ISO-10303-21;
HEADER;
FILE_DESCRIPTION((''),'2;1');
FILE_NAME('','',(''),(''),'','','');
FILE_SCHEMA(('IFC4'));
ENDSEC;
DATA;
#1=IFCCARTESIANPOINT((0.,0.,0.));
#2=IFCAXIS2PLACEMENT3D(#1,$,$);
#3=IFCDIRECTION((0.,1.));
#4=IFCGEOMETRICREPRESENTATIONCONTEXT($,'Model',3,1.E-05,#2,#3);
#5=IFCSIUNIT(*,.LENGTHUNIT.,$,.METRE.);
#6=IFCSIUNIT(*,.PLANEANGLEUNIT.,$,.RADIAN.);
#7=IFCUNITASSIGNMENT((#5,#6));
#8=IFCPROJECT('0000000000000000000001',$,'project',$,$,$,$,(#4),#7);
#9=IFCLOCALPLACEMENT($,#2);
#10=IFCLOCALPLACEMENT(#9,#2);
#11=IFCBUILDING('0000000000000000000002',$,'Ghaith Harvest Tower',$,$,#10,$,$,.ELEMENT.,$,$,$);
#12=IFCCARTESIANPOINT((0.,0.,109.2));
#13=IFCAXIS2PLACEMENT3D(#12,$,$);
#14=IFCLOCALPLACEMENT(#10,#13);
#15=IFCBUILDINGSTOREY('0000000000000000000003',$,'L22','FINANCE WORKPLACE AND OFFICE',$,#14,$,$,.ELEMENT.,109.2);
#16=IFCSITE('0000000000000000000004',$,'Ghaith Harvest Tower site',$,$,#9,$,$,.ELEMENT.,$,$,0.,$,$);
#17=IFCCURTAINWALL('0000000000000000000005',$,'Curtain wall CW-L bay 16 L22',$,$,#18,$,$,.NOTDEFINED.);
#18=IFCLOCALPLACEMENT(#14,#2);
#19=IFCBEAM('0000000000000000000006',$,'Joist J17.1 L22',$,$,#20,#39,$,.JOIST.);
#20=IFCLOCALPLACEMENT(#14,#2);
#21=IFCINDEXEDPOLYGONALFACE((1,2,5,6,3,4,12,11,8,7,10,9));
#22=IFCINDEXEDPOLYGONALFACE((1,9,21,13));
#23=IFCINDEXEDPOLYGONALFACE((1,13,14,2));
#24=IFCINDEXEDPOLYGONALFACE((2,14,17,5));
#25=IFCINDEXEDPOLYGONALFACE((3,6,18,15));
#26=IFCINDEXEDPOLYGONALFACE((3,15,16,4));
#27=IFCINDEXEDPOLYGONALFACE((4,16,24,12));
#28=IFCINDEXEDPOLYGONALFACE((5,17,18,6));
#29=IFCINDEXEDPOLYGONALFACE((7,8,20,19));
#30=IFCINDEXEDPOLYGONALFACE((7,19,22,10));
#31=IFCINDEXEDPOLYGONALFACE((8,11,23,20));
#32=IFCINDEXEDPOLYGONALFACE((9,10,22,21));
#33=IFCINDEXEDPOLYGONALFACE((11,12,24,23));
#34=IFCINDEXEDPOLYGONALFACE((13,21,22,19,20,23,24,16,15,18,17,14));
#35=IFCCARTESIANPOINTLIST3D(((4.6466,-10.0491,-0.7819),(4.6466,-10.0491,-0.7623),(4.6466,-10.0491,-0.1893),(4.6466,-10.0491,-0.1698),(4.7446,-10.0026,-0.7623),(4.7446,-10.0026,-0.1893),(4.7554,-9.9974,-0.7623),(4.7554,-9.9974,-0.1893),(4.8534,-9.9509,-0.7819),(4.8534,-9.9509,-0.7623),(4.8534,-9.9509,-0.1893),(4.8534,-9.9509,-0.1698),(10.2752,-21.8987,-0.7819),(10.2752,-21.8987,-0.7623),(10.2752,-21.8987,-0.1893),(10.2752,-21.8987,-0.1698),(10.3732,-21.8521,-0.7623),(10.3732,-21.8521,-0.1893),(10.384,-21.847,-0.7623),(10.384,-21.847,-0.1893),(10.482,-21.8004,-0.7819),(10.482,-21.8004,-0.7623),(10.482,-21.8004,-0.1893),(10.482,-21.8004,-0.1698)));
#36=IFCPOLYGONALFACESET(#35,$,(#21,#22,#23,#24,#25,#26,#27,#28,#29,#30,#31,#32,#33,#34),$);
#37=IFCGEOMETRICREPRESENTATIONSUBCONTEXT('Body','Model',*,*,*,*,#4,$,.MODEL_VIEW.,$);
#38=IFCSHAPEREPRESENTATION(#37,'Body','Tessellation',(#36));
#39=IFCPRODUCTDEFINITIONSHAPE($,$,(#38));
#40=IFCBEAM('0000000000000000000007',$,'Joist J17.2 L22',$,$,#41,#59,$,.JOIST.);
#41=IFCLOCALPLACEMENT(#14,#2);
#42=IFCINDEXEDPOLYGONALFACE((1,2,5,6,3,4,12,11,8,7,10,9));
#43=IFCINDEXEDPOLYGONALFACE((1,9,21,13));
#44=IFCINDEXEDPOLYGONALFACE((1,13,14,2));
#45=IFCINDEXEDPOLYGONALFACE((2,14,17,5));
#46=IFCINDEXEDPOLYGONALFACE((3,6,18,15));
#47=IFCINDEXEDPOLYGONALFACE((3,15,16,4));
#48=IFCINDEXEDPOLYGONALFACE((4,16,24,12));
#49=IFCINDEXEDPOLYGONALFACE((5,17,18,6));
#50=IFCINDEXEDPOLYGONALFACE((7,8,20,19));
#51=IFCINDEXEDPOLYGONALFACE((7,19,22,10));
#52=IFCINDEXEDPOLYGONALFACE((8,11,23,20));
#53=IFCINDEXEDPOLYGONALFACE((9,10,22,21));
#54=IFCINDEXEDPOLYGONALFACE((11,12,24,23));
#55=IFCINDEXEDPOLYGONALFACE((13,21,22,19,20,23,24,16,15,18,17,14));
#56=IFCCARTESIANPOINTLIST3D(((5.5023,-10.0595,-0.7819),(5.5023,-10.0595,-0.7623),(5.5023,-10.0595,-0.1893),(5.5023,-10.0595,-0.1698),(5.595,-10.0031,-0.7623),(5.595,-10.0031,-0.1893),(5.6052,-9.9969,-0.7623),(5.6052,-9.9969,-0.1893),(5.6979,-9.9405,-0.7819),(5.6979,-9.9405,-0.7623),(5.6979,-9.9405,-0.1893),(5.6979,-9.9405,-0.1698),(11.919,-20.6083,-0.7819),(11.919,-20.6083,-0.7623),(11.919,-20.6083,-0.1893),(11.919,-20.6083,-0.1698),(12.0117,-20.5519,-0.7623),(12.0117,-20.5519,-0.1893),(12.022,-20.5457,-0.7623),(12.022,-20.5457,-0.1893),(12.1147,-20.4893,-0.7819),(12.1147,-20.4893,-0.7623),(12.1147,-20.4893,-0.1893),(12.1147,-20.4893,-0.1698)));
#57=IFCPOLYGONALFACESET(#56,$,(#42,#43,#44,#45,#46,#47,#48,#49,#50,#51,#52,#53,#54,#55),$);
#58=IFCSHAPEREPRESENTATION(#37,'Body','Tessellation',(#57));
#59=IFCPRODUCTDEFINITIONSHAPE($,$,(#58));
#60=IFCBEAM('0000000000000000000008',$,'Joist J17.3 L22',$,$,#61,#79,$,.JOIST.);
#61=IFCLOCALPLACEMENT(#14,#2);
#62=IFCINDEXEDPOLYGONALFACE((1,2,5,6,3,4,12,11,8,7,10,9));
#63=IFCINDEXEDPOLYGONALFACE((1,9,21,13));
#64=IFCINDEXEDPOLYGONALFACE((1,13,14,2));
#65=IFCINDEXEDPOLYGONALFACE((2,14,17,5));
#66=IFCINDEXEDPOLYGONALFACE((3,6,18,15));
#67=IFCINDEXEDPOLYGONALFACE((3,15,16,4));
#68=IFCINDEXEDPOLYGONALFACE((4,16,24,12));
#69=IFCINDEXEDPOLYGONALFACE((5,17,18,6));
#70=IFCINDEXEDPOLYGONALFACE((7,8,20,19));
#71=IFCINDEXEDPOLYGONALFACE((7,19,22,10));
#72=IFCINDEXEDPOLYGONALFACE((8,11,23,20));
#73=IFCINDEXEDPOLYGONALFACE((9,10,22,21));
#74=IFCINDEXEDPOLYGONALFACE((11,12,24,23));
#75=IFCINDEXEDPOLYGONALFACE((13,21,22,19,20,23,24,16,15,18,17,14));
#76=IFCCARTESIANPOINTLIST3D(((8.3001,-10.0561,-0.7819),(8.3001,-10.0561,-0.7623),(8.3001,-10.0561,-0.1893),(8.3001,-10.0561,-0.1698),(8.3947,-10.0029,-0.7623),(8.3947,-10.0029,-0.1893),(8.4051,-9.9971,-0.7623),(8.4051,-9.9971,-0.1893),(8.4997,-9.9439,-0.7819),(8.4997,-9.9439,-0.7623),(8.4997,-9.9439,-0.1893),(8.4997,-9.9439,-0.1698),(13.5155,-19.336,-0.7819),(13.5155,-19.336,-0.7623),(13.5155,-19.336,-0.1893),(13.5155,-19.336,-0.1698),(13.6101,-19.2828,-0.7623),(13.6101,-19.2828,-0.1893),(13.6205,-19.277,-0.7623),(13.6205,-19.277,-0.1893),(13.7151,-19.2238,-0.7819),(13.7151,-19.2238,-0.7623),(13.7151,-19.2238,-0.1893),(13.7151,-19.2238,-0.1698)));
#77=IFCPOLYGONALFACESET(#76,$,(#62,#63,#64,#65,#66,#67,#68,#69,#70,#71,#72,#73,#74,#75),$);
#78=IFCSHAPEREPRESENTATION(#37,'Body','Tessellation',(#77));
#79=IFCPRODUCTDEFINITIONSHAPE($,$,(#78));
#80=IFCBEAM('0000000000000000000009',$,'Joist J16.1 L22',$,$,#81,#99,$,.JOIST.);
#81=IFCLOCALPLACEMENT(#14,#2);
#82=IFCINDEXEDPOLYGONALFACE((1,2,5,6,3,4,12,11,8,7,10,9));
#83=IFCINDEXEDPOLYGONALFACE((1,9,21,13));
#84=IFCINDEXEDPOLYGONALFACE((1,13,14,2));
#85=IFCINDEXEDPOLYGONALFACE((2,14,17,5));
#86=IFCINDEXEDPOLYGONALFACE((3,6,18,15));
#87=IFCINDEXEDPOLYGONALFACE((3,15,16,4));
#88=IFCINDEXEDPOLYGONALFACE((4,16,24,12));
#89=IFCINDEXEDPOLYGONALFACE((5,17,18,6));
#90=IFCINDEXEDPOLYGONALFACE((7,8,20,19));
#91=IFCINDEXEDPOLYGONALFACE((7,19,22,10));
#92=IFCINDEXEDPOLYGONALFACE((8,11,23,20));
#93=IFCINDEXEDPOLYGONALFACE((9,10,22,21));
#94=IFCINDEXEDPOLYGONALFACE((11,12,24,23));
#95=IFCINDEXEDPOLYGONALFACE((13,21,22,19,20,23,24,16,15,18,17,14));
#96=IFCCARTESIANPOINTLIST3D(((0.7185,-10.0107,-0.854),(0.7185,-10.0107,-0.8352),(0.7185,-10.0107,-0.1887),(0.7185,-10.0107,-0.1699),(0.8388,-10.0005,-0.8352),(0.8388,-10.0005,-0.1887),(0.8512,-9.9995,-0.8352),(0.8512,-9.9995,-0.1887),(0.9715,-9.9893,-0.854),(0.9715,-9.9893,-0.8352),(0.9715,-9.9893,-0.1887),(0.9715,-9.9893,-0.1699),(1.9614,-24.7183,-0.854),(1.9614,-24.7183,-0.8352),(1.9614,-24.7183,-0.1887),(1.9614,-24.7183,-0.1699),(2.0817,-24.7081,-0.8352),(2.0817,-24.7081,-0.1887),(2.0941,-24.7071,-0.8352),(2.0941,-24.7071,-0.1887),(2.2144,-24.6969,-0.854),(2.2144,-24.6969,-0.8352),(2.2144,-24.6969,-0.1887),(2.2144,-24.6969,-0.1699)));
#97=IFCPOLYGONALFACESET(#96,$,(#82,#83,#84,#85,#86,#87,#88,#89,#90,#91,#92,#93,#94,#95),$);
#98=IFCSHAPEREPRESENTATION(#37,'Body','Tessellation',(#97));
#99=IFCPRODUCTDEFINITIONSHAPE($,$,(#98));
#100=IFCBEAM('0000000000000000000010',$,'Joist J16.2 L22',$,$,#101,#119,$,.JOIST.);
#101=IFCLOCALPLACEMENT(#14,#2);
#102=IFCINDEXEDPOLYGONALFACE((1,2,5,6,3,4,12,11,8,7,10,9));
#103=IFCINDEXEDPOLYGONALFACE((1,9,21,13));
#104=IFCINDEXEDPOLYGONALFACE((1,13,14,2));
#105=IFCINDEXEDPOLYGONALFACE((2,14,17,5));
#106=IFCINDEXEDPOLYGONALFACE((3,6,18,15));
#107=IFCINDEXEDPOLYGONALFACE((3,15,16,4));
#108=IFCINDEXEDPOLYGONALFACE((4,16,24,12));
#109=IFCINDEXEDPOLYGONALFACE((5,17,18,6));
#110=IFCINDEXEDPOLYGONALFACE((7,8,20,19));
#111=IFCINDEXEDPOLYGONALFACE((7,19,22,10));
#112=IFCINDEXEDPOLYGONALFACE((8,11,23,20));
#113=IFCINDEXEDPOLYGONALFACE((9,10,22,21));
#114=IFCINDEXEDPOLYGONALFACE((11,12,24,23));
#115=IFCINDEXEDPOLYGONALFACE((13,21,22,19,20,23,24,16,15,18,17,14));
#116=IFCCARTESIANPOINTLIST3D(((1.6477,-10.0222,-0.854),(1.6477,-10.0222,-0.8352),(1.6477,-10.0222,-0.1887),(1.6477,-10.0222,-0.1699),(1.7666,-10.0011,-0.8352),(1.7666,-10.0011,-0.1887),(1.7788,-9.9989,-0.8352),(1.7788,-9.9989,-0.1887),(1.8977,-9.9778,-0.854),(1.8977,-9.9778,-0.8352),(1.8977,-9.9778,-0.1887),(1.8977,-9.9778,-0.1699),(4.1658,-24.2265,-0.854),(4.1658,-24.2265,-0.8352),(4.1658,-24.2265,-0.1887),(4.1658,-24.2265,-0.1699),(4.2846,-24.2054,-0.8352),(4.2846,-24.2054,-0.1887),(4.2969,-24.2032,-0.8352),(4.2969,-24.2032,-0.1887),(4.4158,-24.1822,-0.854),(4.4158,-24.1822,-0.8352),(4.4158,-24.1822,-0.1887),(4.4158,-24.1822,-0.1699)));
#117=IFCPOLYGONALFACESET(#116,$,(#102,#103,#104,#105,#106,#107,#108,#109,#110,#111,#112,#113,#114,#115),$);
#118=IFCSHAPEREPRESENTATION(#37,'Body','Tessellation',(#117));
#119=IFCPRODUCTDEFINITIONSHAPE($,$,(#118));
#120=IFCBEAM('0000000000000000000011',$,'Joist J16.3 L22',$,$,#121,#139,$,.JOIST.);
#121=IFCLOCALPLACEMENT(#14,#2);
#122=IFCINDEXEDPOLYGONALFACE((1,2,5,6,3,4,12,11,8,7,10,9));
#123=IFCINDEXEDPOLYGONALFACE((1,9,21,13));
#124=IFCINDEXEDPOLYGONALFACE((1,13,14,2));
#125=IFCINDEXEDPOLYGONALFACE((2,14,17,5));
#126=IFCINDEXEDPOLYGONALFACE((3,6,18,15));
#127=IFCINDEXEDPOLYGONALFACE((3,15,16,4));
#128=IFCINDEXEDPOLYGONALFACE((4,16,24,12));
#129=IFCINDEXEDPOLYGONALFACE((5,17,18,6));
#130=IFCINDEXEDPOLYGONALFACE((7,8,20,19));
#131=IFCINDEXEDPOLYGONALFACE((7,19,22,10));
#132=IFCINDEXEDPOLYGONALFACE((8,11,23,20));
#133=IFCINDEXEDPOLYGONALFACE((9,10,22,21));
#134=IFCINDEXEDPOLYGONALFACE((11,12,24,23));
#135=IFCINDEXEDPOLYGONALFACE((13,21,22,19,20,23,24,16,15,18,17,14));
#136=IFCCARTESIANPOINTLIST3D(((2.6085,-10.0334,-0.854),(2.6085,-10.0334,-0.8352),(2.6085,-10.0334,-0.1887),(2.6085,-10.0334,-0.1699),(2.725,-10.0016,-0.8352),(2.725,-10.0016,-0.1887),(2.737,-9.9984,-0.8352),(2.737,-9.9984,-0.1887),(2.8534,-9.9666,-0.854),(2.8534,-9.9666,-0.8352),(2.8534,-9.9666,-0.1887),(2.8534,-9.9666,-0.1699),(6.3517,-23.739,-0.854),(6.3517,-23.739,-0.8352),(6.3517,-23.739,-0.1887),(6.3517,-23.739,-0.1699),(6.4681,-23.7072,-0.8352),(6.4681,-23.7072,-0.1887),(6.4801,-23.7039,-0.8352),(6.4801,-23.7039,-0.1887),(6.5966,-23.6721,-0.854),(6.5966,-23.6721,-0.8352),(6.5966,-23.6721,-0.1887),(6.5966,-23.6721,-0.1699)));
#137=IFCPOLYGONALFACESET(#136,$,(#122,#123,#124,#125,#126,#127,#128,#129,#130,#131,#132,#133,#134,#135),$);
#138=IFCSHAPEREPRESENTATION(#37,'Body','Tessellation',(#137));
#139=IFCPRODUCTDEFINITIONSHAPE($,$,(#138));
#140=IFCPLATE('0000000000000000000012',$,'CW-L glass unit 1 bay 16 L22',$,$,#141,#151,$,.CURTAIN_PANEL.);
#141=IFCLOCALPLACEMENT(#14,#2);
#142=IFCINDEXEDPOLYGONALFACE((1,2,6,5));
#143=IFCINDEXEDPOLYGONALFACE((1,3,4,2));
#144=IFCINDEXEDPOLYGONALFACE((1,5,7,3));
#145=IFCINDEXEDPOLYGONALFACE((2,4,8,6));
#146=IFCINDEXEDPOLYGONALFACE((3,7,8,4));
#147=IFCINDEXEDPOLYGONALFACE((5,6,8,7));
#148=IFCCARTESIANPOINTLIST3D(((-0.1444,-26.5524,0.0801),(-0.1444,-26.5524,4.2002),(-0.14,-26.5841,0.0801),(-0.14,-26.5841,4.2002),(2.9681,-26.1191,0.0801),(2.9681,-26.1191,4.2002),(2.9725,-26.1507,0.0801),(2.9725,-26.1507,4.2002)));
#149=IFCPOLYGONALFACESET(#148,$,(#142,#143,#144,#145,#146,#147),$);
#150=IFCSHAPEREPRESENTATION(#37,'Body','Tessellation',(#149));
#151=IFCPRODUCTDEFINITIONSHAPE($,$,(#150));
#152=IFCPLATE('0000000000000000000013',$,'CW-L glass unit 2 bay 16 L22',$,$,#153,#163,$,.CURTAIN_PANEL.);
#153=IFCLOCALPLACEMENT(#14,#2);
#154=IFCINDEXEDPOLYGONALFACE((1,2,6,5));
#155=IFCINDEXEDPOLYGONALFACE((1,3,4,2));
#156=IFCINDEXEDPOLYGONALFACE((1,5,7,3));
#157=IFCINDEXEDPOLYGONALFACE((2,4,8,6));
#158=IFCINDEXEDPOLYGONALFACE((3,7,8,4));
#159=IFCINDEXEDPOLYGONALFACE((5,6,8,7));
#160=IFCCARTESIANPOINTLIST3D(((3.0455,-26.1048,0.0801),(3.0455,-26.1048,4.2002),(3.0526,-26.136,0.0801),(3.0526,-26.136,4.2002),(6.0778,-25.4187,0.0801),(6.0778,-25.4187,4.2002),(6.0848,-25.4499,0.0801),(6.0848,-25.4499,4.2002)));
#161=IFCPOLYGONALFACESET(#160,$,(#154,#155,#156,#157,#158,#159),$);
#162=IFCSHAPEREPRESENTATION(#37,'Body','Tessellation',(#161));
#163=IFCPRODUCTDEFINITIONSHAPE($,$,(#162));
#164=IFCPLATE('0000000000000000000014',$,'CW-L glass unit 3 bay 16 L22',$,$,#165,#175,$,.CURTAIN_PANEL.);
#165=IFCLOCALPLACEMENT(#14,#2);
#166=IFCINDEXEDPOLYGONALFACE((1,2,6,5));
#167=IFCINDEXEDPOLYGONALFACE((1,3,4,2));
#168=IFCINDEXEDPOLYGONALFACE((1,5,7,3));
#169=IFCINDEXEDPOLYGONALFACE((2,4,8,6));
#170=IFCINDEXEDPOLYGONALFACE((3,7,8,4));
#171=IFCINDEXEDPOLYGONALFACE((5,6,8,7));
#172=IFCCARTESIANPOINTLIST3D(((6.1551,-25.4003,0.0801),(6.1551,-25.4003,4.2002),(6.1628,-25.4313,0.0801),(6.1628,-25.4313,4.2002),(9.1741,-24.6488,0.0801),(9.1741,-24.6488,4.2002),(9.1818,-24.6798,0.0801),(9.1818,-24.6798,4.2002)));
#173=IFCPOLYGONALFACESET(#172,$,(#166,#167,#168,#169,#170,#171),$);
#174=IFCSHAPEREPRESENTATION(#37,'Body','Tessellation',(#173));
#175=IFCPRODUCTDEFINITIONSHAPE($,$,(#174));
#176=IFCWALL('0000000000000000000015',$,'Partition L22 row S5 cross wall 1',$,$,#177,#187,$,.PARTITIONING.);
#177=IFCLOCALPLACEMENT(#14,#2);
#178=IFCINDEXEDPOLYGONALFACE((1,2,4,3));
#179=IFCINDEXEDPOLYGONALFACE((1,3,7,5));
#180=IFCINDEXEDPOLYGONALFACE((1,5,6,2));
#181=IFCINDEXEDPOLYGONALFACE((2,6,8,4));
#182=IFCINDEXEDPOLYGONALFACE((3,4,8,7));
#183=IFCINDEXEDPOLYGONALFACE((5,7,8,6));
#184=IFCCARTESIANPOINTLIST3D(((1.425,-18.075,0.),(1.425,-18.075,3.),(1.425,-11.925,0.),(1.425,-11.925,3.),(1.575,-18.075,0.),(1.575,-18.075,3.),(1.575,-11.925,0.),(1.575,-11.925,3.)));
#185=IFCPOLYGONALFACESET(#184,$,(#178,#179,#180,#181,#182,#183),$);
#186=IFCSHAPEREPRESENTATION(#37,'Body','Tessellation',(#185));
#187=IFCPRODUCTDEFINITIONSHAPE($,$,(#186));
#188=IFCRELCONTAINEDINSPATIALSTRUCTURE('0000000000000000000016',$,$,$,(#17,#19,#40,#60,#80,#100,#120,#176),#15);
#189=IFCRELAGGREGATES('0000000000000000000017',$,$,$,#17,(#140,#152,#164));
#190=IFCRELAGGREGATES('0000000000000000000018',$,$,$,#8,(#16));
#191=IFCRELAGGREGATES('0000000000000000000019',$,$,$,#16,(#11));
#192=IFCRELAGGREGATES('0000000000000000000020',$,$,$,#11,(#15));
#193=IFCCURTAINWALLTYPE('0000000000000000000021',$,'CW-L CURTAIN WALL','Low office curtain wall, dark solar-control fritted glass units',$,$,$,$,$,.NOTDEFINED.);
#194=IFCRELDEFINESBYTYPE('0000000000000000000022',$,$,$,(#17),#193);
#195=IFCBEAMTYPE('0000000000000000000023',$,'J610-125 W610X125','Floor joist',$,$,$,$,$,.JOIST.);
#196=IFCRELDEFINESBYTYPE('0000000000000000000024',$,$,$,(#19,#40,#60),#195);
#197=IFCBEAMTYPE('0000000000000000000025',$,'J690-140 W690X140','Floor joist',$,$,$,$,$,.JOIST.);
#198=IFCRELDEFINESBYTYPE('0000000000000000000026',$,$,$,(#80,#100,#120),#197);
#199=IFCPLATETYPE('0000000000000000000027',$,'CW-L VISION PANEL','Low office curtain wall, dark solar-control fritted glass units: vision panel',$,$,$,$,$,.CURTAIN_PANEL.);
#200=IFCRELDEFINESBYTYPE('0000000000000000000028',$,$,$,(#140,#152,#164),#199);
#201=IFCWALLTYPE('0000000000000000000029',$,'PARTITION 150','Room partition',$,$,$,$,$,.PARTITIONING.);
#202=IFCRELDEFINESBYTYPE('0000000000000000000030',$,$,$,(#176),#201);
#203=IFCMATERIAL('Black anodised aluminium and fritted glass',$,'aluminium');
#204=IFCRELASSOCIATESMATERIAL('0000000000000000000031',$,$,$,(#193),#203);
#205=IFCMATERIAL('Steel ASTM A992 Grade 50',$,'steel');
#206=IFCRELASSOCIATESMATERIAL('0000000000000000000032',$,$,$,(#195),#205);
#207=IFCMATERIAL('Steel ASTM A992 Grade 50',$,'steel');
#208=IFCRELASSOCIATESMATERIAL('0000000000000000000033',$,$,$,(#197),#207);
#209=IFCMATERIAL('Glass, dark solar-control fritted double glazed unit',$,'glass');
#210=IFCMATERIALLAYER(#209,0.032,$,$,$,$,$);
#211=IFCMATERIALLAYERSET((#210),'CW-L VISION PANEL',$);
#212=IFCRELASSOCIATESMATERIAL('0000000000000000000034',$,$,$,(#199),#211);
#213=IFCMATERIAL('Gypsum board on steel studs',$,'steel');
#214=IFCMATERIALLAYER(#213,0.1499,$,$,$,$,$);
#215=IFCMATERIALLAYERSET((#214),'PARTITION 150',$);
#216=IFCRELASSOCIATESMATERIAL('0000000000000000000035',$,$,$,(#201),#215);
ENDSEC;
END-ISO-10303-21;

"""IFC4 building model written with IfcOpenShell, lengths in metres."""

from ifc_helpers import new_model, si_unit, direction, frame, frame_2d, origin, origin_2d, place, context, subcontext, project, spatial, rectangle, i_section, extrude, material, layer, layer_set, material_profile, profile_set, type_object, element, aggregate, save


model = new_model("IFC4")

# Units and contexts
model_context = context("Model", 3, precision=1e-05, world=origin(), true_north=direction((0.0, 1.0)))
body_context = subcontext(model_context, "Body", "Model", "MODEL_VIEW")
ifc_project = project(units=[si_unit("LENGTHUNIT", "METRE"), si_unit("PLANEANGLEUNIT", "RADIAN")], contexts=[model_context])

# Site, building, storey
site_placement = place(None, origin())
site = spatial("IfcSite", under=ifc_project, at=site_placement, Name="Ghaith Harvest Tower site", CompositionType="ELEMENT", RefElevation=0.0)
building_placement = place(site_placement, origin())
building = spatial("IfcBuilding", under=site, at=building_placement, Name="Ghaith Harvest Tower", CompositionType="ELEMENT")
storey_placement = place(building_placement, frame((0.0, 0.0, 109.2)))
storey = spatial("IfcBuildingStorey", under=building, at=storey_placement, Name="L22", Description="FINANCE WORKPLACE AND OFFICE", CompositionType="ELEMENT", Elevation=109.2)

# Curtain wall
ifc_material_1 = material(Name="Black anodised aluminium and fritted glass", Category="aluminium")
curtain_wall_type = type_object("IfcCurtainWallType", Name="CW-L CURTAIN WALL", Description="Low office curtain wall, dark solar-control fritted glass units", PredefinedType="NOTDEFINED", material=ifc_material_1)
curtain_wall_1_placement = place(storey_placement, origin())
curtain_wall_1 = element("IfcCurtainWall", 1, at=curtain_wall_1_placement, inside=storey, type_object=curtain_wall_type, Name="Curtain wall CW-L bay 16 L22", PredefinedType="NOTDEFINED")

# Beams
ifc_material_2 = material(Name="Steel ASTM A992 Grade 50", Category="steel")
ifc_material_profile_1 = material_profile(ifc_material_2, i_section(OverallWidth=0.229, OverallDepth=0.6121, WebThickness=0.012, FlangeThickness=0.0195, at=origin_2d()), Name="W610X125")
ifc_profile_set_1 = profile_set([ifc_material_profile_1], Name="Steel ASTM A992 Grade 50")
beam_type_1 = type_object("IfcBeamType", Name="J610-125 W610X125", Description="Floor joist", PredefinedType="JOIST", material=ifc_profile_set_1)
beam_1_placement = place(storey_placement, frame((4.75, -10.0, -0.4758), z_axis=(0.429063, -0.903275, 0.0), x_axis=(0.903275, 0.429063, 0.0)))
element("IfcBeam", 2, at=beam_1_placement, inside=storey, type_object=beam_type_1, Name="Joist J17.1 L22", PredefinedType="JOIST", context=body_context, shape_type="SweptSolid", body=[
    extrude(i_section(OverallWidth=0.229, OverallDepth=0.6121, WebThickness=0.012, FlangeThickness=0.0195, at=origin_2d()), origin(), (0.0, 0.0, 1.0), 13.1184),
])
beam_2_placement = place(storey_placement, frame((5.6001, -10.0, -0.4758), z_axis=(0.519694, -0.854352, 0.0), x_axis=(0.854352, 0.519694, 0.0)))
element("IfcBeam", 3, at=beam_2_placement, inside=storey, type_object=beam_type_1, Name="Joist J17.2 L22", PredefinedType="JOIST", context=body_context, shape_type="SweptSolid", body=[
    extrude(i_section(OverallWidth=0.229, OverallDepth=0.6121, WebThickness=0.012, FlangeThickness=0.0195, at=origin_2d()), origin(), (0.0, 0.0, 1.0), 12.3472),
])
beam_3_placement = place(storey_placement, frame((8.3999, -10.0, -0.4758), z_axis=(0.489937, -0.871758, 0.0), x_axis=(0.871758, 0.489937, 0.0)))
element("IfcBeam", 4, at=beam_3_placement, inside=storey, type_object=beam_type_1, Name="Joist J17.3 L22", PredefinedType="JOIST", context=body_context, shape_type="SweptSolid", body=[
    extrude(i_section(OverallWidth=0.229, OverallDepth=0.6121, WebThickness=0.012, FlangeThickness=0.0195, at=origin_2d()), origin(), (0.0, 0.0, 1.0), 10.645),
])
ifc_material_3 = material(Name="Steel ASTM A992 Grade 50", Category="steel")
ifc_material_profile_2 = material_profile(ifc_material_3, i_section(OverallWidth=0.2539, OverallDepth=0.6841, WebThickness=0.0125, FlangeThickness=0.0188, at=origin_2d()), Name="W690X140")
ifc_profile_set_2 = profile_set([ifc_material_profile_2], Name="Steel ASTM A992 Grade 50")
beam_type_2 = type_object("IfcBeamType", Name="J690-140 W690X140", Description="Floor joist", PredefinedType="JOIST", material=ifc_profile_set_2)
beam_4_placement = place(storey_placement, frame((0.845, -10.0, -0.512), z_axis=(0.084209, -0.996448, 0.0), x_axis=(0.996448, 0.084209, 0.0)))
element("IfcBeam", 5, at=beam_4_placement, inside=storey, type_object=beam_type_2, Name="Joist J16.1 L22", PredefinedType="JOIST", context=body_context, shape_type="SweptSolid", body=[
    extrude(i_section(OverallWidth=0.2539, OverallDepth=0.6841, WebThickness=0.0125, FlangeThickness=0.0188, at=origin_2d()), origin(), (0.0, 0.0, 1.0), 14.76),
])
beam_5_placement = place(storey_placement, frame((1.7727, -10.0, -0.512), z_axis=(0.174553, -0.984648, 0.0), x_axis=(0.984648, 0.174553, 0.0)))
element("IfcBeam", 6, at=beam_5_placement, inside=storey, type_object=beam_type_2, Name="Joist J16.2 L22", PredefinedType="JOIST", context=body_context, shape_type="SweptSolid", body=[
    extrude(i_section(OverallWidth=0.2539, OverallDepth=0.6841, WebThickness=0.0125, FlangeThickness=0.0188, at=origin_2d()), origin(), (0.0, 0.0, 1.0), 14.4258),
])
beam_6_placement = place(storey_placement, frame((2.731, -10.0, -0.512), z_axis=(0.263463, -0.964669, 0.0), x_axis=(0.964669, 0.263463, 0.0)))
element("IfcBeam", 7, at=beam_6_placement, inside=storey, type_object=beam_type_2, Name="Joist J16.3 L22", PredefinedType="JOIST", context=body_context, shape_type="SweptSolid", body=[
    extrude(i_section(OverallWidth=0.2539, OverallDepth=0.6841, WebThickness=0.0125, FlangeThickness=0.0188, at=origin_2d()), origin(), (0.0, 0.0, 1.0), 14.2075),
])

# Plates
ifc_material_4 = material(Name="Glass, dark solar-control fritted double glazed unit", Category="glass")
ifc_layer_1 = layer(ifc_material_4, 0.032)
ifc_layer_set_1 = layer_set([ifc_layer_1], Name="CW-L VISION PANEL")
plate_type = type_object("IfcPlateType", Name="CW-L VISION PANEL", Description="Low office curtain wall, dark solar-control fritted glass units: vision panel", PredefinedType="CURTAIN_PANEL", material=ifc_layer_set_1)
plate_1_placement = place(storey_placement, frame((1.4141, -26.3516, 0.0801), z_axis=(0.0, 0.0, 1.0), x_axis=(0.990448, 0.137886, 0.0)))
plate_1 = element("IfcPlate", 8, at=plate_1_placement, type_object=plate_type, Name="CW-L glass unit 1 bay 16 L22", PredefinedType="CURTAIN_PANEL", context=body_context, shape_type="SweptSolid", body=[
    extrude(rectangle(XDim=3.1426, YDim=0.032, at=origin_2d()), origin(), (0.0, 0.0, 1.0), 4.1201),
])
plate_2_placement = place(storey_placement, frame((4.5652, -25.7773, 0.0801), z_axis=(0.0, 0.0, 1.0), x_axis=(0.975342, 0.2207, 0.0)))
plate_2 = element("IfcPlate", 9, at=plate_2_placement, type_object=plate_type, Name="CW-L glass unit 2 bay 16 L22", PredefinedType="CURTAIN_PANEL", context=body_context, shape_type="SweptSolid", body=[
    extrude(rectangle(XDim=3.1089, YDim=0.032, at=origin_2d()), origin(), (0.0, 0.0, 1.0), 4.1201),
])
plate_3_placement = place(storey_placement, frame((7.6685, -25.04, 0.0801), z_axis=(0.0, 0.0, 1.0), x_axis=(0.970384, 0.241566, 0.0)))
plate_3 = element("IfcPlate", 10, at=plate_3_placement, type_object=plate_type, Name="CW-L glass unit 3 bay 16 L22", PredefinedType="CURTAIN_PANEL", context=body_context, shape_type="SweptSolid", body=[
    extrude(rectangle(XDim=3.1111, YDim=0.032, at=origin_2d()), origin(), (0.0, 0.0, 1.0), 4.1201),
])
aggregate(curtain_wall_1, [plate_1, plate_2, plate_3])

# Wall
ifc_material_5 = material(Name="Gypsum board on steel studs", Category="steel")
ifc_layer_2 = layer(ifc_material_5, 0.1499)
ifc_layer_set_2 = layer_set([ifc_layer_2], Name="PARTITION 150")
wall_type = type_object("IfcWallType", Name="PARTITION 150", Description="Room partition", PredefinedType="PARTITIONING", material=ifc_layer_set_2)
for number, where, z_axis, x_axis, name in (
    (11, (1.5, -11.925, 0.0), (0.0, 0.0, 1.0), (0.0, -1.0, 0.0), "Partition L22 row S5 cross wall 1"),
):
    element("IfcWall", number, at=place(storey_placement, frame(where, z_axis=z_axis, x_axis=x_axis)), inside=storey, type_object=wall_type, Name=name, PredefinedType="PARTITIONING", context=body_context, shape_type="SweptSolid", body=[
        extrude(rectangle(XDim=6.1499, YDim=0.1499, at=frame_2d((3.075, 0.0))), origin(), (0.0, 0.0, 1.0), 3.0),
    ])

save(model, "model.ifc")
